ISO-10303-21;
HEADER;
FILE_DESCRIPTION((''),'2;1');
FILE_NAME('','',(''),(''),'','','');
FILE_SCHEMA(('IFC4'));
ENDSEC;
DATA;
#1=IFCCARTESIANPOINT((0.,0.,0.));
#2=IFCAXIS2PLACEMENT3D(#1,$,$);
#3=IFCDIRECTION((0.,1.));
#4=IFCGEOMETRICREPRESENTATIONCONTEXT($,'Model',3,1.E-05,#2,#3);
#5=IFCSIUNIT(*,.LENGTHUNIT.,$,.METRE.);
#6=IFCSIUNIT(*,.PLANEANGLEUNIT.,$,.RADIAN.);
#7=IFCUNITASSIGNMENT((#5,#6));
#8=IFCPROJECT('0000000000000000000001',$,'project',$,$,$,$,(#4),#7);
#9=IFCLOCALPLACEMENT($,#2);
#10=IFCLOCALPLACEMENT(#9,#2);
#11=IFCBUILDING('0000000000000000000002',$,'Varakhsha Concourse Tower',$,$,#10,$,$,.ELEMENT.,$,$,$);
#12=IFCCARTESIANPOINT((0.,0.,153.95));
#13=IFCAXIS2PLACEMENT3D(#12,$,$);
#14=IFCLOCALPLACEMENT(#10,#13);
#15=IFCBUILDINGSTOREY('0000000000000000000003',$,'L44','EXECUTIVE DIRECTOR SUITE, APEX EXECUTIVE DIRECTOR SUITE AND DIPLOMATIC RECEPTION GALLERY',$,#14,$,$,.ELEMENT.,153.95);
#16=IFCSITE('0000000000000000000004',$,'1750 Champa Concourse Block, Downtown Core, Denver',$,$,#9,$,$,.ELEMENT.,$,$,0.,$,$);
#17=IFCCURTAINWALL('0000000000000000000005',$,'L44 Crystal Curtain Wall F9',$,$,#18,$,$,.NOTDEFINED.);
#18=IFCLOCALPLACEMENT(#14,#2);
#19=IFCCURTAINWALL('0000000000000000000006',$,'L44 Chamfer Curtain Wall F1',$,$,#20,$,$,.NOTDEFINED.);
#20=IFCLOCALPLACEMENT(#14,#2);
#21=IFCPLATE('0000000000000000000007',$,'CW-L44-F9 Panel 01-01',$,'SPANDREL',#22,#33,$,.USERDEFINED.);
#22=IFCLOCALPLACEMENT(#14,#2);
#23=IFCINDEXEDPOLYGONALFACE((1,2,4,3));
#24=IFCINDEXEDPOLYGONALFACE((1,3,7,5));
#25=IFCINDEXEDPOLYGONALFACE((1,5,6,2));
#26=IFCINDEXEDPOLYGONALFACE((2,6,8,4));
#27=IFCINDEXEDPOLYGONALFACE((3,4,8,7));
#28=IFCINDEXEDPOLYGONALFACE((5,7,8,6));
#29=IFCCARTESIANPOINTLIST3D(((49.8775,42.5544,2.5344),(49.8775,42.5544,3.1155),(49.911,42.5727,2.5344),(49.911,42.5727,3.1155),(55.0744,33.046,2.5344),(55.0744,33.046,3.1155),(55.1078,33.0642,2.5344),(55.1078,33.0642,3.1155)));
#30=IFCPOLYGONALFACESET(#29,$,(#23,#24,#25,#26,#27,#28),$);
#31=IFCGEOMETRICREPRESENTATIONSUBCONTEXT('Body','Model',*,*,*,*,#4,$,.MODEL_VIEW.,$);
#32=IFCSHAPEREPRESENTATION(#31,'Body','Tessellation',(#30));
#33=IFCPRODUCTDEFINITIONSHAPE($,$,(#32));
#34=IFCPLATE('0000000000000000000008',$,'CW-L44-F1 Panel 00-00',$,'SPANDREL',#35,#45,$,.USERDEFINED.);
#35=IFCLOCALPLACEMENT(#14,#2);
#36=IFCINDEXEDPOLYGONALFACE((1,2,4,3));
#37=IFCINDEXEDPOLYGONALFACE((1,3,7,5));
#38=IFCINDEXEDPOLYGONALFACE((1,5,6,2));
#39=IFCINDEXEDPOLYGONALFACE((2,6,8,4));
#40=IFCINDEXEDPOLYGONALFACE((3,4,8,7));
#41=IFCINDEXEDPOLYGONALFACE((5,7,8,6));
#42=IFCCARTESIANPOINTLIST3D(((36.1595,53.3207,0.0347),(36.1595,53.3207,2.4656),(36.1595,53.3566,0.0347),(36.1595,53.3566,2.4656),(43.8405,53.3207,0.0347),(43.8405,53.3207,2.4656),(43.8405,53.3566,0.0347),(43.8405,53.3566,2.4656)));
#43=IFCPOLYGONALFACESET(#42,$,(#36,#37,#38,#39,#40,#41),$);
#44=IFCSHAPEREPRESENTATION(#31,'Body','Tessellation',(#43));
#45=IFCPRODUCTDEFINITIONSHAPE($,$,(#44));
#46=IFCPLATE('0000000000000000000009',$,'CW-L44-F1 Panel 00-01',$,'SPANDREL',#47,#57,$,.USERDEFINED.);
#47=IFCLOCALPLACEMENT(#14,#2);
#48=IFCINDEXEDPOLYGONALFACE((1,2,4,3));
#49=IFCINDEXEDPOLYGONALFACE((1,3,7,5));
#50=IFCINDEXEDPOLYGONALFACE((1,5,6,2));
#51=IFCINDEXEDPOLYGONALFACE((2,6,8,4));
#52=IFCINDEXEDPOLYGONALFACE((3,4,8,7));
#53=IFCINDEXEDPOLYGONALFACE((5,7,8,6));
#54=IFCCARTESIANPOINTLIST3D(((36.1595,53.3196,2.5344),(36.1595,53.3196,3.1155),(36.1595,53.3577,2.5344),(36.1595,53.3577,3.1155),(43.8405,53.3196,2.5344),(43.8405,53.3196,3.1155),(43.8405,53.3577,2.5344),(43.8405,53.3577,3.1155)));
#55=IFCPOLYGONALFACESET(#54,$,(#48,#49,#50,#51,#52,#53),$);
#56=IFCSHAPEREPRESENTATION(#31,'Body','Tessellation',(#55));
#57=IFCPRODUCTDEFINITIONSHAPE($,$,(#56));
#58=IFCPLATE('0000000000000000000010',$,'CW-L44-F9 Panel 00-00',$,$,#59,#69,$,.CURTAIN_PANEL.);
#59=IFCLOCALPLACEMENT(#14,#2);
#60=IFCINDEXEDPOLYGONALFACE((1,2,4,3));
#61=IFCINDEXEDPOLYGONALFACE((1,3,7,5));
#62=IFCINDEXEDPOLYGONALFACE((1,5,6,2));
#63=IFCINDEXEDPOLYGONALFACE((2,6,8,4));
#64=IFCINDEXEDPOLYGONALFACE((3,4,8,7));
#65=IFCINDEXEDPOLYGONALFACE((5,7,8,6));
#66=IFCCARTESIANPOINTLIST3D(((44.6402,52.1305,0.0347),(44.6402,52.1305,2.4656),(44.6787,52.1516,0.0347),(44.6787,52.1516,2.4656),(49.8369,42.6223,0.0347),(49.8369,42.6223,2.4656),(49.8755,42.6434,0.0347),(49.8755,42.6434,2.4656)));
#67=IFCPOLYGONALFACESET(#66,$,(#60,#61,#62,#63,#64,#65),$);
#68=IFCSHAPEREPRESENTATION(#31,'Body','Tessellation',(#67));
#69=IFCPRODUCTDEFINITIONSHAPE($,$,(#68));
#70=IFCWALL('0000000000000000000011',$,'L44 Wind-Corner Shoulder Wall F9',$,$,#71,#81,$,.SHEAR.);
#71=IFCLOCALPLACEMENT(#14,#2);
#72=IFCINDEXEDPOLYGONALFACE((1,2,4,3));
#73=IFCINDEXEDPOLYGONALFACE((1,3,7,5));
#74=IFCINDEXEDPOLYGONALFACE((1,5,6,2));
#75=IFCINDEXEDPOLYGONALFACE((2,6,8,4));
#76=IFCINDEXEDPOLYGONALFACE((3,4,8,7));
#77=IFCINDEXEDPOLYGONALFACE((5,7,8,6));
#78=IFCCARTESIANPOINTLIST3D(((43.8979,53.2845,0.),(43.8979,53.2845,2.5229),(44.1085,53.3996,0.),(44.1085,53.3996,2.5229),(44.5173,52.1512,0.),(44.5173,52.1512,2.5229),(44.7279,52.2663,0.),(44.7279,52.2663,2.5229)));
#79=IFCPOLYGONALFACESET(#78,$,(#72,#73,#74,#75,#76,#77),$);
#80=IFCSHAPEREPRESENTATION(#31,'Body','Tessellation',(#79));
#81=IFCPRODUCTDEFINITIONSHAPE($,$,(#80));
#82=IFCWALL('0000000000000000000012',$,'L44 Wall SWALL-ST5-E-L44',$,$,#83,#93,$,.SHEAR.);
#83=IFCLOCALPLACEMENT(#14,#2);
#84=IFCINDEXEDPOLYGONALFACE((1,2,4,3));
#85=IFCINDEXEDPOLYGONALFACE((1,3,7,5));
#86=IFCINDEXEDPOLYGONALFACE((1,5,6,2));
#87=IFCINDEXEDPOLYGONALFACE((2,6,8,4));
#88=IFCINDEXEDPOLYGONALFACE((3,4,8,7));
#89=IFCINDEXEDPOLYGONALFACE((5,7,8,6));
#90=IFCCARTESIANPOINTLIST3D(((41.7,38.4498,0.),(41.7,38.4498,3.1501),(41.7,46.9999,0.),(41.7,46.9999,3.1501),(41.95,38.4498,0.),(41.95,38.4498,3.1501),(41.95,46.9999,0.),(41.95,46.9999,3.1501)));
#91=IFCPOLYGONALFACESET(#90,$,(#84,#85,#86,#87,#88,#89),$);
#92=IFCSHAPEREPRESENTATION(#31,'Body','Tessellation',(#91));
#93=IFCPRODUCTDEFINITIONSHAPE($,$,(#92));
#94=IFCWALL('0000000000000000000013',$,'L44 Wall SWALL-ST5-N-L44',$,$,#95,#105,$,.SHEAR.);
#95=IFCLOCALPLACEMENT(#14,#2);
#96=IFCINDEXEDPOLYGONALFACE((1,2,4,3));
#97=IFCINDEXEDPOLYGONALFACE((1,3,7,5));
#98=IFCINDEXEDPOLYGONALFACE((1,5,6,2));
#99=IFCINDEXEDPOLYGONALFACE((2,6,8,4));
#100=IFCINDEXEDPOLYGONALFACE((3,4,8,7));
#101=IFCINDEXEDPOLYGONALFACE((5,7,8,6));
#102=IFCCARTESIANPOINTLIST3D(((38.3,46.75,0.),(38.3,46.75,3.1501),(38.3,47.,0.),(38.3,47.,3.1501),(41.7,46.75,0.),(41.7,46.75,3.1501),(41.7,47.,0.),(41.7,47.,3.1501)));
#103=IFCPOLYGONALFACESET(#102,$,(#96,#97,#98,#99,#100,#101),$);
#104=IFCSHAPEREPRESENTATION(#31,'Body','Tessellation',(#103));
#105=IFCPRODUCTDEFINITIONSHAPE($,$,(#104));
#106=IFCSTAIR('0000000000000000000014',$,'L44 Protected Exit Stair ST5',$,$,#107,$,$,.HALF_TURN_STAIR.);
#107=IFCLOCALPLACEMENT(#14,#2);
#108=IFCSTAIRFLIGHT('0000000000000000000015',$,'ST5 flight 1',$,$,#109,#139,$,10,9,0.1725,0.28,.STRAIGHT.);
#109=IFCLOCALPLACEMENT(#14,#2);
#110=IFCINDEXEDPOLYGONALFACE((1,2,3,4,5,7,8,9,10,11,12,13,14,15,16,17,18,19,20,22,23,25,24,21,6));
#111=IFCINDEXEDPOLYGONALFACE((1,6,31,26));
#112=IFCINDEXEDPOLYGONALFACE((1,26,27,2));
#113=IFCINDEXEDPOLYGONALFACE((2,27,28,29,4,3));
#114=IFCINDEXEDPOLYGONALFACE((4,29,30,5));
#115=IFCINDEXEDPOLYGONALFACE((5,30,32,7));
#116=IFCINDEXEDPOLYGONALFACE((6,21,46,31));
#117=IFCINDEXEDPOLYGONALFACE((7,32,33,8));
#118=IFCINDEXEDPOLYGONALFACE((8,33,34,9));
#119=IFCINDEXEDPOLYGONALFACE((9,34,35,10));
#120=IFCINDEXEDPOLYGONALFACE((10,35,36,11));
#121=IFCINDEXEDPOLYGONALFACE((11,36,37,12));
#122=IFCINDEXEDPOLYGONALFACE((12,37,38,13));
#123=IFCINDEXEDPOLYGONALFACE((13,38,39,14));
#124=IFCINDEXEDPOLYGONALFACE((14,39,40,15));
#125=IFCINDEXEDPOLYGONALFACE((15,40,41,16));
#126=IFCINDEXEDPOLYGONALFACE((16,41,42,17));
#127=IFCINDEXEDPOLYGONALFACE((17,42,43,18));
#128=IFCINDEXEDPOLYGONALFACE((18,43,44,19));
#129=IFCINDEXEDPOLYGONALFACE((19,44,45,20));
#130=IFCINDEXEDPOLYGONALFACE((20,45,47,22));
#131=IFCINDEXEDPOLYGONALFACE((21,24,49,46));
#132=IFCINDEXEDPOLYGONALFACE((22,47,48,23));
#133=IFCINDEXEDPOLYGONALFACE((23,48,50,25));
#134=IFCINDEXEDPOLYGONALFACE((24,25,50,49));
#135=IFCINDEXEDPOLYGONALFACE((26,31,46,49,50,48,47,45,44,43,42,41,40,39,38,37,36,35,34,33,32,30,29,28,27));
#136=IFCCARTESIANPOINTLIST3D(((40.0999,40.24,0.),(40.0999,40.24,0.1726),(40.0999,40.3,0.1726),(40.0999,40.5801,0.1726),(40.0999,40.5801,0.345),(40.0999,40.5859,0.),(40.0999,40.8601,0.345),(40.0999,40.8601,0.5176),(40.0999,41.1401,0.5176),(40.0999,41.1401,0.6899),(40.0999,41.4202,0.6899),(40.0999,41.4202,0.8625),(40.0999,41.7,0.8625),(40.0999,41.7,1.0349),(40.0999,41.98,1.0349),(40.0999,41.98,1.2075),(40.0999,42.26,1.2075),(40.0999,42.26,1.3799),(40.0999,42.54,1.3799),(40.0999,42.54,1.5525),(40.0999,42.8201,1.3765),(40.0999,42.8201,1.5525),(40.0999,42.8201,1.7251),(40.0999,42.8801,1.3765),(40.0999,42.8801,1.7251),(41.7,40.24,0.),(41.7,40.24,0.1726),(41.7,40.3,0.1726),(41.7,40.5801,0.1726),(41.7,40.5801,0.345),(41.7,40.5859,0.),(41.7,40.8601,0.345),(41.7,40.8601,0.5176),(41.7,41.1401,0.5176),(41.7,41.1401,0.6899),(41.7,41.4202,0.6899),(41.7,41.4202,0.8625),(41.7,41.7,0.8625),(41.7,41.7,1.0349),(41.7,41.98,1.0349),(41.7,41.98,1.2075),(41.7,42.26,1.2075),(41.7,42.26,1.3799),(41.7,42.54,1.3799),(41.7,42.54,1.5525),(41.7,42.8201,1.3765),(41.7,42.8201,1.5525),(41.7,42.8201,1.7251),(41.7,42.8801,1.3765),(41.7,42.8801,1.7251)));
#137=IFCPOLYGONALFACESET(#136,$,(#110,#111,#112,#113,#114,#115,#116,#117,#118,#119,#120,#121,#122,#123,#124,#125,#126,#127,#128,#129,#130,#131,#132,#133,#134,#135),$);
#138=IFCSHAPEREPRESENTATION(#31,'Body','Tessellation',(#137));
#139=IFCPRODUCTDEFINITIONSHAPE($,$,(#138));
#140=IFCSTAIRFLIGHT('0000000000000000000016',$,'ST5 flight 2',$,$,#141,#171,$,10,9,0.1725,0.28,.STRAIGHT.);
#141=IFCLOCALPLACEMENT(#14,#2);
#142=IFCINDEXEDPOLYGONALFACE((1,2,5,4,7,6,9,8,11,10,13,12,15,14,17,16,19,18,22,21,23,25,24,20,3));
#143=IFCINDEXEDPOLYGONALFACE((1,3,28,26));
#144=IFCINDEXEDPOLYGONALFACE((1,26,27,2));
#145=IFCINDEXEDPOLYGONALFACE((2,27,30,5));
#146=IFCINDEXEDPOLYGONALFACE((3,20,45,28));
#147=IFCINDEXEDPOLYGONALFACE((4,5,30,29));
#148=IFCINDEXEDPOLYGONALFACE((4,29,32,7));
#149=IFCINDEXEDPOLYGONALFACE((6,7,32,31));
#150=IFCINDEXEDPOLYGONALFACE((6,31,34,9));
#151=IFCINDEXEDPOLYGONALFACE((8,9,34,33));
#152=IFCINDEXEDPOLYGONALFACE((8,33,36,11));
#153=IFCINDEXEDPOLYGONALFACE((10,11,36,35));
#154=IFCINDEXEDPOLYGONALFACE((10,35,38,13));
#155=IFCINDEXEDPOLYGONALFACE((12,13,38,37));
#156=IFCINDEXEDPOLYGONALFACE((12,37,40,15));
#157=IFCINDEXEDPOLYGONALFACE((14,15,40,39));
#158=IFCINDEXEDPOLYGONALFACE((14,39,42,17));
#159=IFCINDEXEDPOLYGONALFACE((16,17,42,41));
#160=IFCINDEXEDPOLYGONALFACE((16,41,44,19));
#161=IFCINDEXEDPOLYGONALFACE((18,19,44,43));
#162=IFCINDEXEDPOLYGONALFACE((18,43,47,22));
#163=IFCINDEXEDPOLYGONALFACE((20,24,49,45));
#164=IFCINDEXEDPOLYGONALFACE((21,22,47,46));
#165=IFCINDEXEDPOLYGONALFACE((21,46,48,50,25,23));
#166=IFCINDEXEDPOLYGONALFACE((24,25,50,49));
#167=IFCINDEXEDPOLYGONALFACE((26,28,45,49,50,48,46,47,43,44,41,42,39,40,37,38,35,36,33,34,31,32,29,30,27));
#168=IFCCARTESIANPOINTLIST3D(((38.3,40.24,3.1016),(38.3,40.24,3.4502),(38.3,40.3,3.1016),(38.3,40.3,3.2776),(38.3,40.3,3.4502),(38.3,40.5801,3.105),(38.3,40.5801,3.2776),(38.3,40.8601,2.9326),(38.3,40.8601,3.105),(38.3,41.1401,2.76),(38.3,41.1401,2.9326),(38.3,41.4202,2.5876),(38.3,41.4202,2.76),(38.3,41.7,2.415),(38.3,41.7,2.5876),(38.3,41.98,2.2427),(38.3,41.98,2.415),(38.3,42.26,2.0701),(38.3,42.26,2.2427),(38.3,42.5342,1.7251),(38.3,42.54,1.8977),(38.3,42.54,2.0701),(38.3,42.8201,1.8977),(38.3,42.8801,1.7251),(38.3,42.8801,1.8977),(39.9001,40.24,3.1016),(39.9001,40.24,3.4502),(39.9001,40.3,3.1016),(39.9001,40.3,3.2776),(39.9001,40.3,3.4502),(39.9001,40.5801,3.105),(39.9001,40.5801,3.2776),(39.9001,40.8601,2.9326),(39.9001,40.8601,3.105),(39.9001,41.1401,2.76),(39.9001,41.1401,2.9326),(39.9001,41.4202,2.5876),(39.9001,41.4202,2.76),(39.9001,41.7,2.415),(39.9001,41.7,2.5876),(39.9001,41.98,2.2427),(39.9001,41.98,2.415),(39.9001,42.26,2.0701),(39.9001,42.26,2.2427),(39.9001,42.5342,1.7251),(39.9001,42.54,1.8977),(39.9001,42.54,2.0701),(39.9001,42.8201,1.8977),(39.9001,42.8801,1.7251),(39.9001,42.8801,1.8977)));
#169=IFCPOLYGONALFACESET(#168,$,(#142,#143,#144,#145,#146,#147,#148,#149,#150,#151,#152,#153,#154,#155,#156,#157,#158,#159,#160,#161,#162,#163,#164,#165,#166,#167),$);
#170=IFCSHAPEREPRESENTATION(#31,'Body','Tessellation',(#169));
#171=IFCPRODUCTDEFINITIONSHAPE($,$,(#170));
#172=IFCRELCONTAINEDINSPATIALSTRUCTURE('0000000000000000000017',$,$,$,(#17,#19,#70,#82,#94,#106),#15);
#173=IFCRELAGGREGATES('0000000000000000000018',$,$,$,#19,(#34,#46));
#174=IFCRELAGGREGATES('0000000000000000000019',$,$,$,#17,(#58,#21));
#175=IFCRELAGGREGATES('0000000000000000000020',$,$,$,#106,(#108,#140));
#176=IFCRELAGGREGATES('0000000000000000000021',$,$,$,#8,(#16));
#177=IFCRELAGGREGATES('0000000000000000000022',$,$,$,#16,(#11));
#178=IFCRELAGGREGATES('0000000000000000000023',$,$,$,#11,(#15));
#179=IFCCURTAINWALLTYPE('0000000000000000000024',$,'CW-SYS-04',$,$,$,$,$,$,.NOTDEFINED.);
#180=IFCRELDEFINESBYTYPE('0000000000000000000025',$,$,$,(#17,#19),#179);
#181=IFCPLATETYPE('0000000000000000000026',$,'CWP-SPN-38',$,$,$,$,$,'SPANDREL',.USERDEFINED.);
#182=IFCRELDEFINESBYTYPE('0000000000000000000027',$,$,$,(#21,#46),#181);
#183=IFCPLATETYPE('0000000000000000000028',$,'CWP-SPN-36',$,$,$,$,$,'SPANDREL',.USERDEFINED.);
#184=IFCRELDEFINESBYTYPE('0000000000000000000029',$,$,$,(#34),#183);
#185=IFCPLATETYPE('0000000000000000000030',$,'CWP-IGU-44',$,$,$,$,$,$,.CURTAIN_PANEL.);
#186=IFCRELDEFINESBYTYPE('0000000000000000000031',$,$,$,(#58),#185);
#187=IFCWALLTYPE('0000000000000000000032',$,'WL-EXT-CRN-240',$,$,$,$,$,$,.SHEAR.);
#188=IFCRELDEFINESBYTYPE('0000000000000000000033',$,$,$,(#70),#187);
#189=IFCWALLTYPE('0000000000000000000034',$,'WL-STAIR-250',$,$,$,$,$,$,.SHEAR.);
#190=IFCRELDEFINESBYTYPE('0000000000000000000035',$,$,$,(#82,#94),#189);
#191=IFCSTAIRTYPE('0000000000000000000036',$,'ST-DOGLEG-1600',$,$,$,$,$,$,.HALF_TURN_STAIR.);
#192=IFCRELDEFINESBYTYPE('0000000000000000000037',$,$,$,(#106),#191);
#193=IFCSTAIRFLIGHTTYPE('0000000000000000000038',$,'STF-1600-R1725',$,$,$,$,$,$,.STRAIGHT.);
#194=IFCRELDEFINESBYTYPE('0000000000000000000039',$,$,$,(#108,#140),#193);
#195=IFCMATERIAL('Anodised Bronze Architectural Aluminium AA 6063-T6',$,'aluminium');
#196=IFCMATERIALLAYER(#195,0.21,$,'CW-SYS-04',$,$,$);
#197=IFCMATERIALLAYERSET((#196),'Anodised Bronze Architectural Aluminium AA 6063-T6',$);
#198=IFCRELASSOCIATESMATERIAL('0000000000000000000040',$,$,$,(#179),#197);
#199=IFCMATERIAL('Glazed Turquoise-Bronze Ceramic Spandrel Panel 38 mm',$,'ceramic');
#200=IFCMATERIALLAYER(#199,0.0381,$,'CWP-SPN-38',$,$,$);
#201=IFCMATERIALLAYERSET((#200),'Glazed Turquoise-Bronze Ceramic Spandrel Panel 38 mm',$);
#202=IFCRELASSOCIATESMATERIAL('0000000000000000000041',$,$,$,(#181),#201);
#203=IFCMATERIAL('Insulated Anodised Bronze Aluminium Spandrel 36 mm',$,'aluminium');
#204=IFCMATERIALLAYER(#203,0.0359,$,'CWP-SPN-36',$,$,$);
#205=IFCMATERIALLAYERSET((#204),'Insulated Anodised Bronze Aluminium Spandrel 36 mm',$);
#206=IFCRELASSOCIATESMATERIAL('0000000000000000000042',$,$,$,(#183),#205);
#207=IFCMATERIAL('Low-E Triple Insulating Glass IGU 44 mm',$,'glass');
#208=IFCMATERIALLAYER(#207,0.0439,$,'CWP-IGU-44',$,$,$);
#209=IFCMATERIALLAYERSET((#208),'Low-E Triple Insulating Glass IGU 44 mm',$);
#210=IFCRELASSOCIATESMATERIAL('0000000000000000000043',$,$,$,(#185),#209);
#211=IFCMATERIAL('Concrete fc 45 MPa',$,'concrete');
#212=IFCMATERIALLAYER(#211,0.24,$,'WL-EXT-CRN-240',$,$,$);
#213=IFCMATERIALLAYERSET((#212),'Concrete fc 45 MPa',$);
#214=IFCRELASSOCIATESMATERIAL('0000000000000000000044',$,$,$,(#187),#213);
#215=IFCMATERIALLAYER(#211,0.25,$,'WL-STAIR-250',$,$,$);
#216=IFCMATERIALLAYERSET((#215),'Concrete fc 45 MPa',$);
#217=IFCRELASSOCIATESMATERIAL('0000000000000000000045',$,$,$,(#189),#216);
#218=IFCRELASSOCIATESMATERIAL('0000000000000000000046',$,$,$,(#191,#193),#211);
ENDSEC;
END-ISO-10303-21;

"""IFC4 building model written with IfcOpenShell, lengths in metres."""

from ifc_helpers import new_model, si_unit, direction, frame, frame_2d, origin, origin_2d, place, context, subcontext, project, spatial, polyline, rectangle, outline, extrude, source, transform, mapped, material, layer, layer_set, type_object, type_shapes, element, aggregate, save


model = new_model("IFC4")

# Units and contexts
model_context = context("Model", 3, precision=1e-05, world=origin(), true_north=direction((0.0, 1.0)))
body_context = subcontext(model_context, "Body", "Model", "MODEL_VIEW")
ifc_project = project(units=[si_unit("LENGTHUNIT", "METRE"), si_unit("PLANEANGLEUNIT", "RADIAN")], contexts=[model_context])

# Site, building, storey
site_placement = place(None, origin())
site = spatial("IfcSite", under=ifc_project, at=site_placement, Name="1750 Champa Concourse Block, Downtown Core, Denver", CompositionType="ELEMENT", RefElevation=0.0)
building_placement = place(site_placement, origin())
building = spatial("IfcBuilding", under=site, at=building_placement, Name="Varakhsha Concourse Tower", CompositionType="ELEMENT")
storey_placement = place(building_placement, frame((0.0, 0.0, 153.95)))
storey = spatial("IfcBuildingStorey", under=building, at=storey_placement, Name="L44", Description="EXECUTIVE DIRECTOR SUITE, APEX EXECUTIVE DIRECTOR SUITE AND DIPLOMATIC RECEPTION GALLERY", CompositionType="ELEMENT", Elevation=153.95)

# Curtain walls
ifc_material_1 = material(Name="Anodised Bronze Architectural Aluminium AA 6063-T6", Category="aluminium")
ifc_layer_1 = layer(ifc_material_1, 0.21, Name="CW-SYS-04")
ifc_layer_set_1 = layer_set([ifc_layer_1], Name="Anodised Bronze Architectural Aluminium AA 6063-T6")
curtain_wall_type = type_object("IfcCurtainWallType", Name="CW-SYS-04", PredefinedType="NOTDEFINED", material=ifc_layer_set_1)
curtain_wall_1_placement = place(storey_placement, origin())
curtain_wall_1 = element("IfcCurtainWall", 1, at=curtain_wall_1_placement, inside=storey, type_object=curtain_wall_type, Name="L44 Crystal Curtain Wall F9", PredefinedType="NOTDEFINED")
curtain_wall_2_placement = place(storey_placement, origin())
curtain_wall_2 = element("IfcCurtainWall", 2, at=curtain_wall_2_placement, inside=storey, type_object=curtain_wall_type, Name="L44 Chamfer Curtain Wall F1", PredefinedType="NOTDEFINED")

# Plates
ifc_material_2 = material(Name="Glazed Turquoise-Bronze Ceramic Spandrel Panel 38 mm", Category="ceramic")
ifc_layer_2 = layer(ifc_material_2, 0.0381, Name="CWP-SPN-38")
ifc_layer_set_2 = layer_set([ifc_layer_2], Name="Glazed Turquoise-Bronze Ceramic Spandrel Panel 38 mm")
plate_type_1 = type_object("IfcPlateType", Name="CWP-SPN-38", ElementType="SPANDREL", PredefinedType="USERDEFINED", material=ifc_layer_set_2)
shared_shape_1 = source(origin(), body_context, "Body", "SweptSolid", [
    extrude(rectangle(XDim=10.8359, YDim=0.0381, at=origin_2d()), origin(), (0.0, 0.0, 1.0), 0.5811),
])
plate_1_placement = place(storey_placement, frame((52.4927, 37.8093, 2.5344), z_axis=(0.0, 0.0, 1.0), x_axis=(0.479596, -0.87749, 0.0)))
plate_1 = element("IfcPlate", 3, at=plate_1_placement, type_object=plate_type_1, Name="CW-L44-F9 Panel 01-01", ObjectType="SPANDREL", PredefinedType="USERDEFINED", context=body_context, shape_type="MappedRepresentation", body=[
    mapped(shared_shape_1, transform((0.0, 0.0, 0.0), scale=1.0)),
])
ifc_material_3 = material(Name="Insulated Anodised Bronze Aluminium Spandrel 36 mm", Category="aluminium")
ifc_layer_3 = layer(ifc_material_3, 0.0359, Name="CWP-SPN-36")
ifc_layer_set_3 = layer_set([ifc_layer_3], Name="Insulated Anodised Bronze Aluminium Spandrel 36 mm")
plate_type_2 = type_object("IfcPlateType", Name="CWP-SPN-36", ElementType="SPANDREL", PredefinedType="USERDEFINED", material=ifc_layer_set_3)
shared_shape_2 = source(origin(), body_context, "Body", "SweptSolid", [
    extrude(rectangle(XDim=7.6809, YDim=0.0359, at=origin_2d()), origin(), (0.0, 0.0, 1.0), 2.4309),
])
type_shapes(plate_type_2, [shared_shape_2])
plate_2_placement = place(storey_placement, frame((40.0, 53.3386, 0.0347), z_axis=(0.0, 0.0, 1.0), x_axis=(1.0, 0.0, 0.0)))
plate_2 = element("IfcPlate", 4, at=plate_2_placement, type_object=plate_type_2, Name="CW-L44-F1 Panel 00-00", ObjectType="SPANDREL", PredefinedType="USERDEFINED", context=body_context, shape_type="MappedRepresentation", body=[
    mapped(shared_shape_2, transform((0.0, 0.0, 0.0), scale=1.0)),
])
shared_shape_3 = source(origin(), body_context, "Body", "SweptSolid", [
    extrude(rectangle(XDim=7.6809, YDim=0.0381, at=origin_2d()), origin(), (0.0, 0.0, 1.0), 0.5811),
])
plate_3_placement = place(storey_placement, frame((40.0, 53.3386, 2.5344), z_axis=(0.0, 0.0, 1.0), x_axis=(1.0, 0.0, 0.0)))
plate_3 = element("IfcPlate", 5, at=plate_3_placement, type_object=plate_type_1, Name="CW-L44-F1 Panel 00-01", ObjectType="SPANDREL", PredefinedType="USERDEFINED", context=body_context, shape_type="MappedRepresentation", body=[
    mapped(shared_shape_3, transform((0.0, 0.0, 0.0), scale=1.0)),
])
aggregate(curtain_wall_2, [plate_2, plate_3])
ifc_material_4 = material(Name="Low-E Triple Insulating Glass IGU 44 mm", Category="glass")
ifc_layer_4 = layer(ifc_material_4, 0.0439, Name="CWP-IGU-44")
ifc_layer_set_4 = layer_set([ifc_layer_4], Name="Low-E Triple Insulating Glass IGU 44 mm")
plate_type_3 = type_object("IfcPlateType", Name="CWP-IGU-44", PredefinedType="CURTAIN_PANEL", material=ifc_layer_set_4)
shared_shape_4 = source(origin(), body_context, "Body", "SweptSolid", [
    extrude(rectangle(XDim=10.8357, YDim=0.0439, at=origin_2d()), origin(), (0.0, 0.0, 1.0), 2.4309),
])
type_shapes(plate_type_3, [shared_shape_4])
plate_4_placement = place(storey_placement, frame((47.2578, 47.387, 0.0347), z_axis=(0.0, 0.0, 1.0), x_axis=(0.479596, -0.87749, 0.0)))
plate_4 = element("IfcPlate", 6, at=plate_4_placement, type_object=plate_type_3, Name="CW-L44-F9 Panel 00-00", PredefinedType="CURTAIN_PANEL", context=body_context, shape_type="MappedRepresentation", body=[
    mapped(shared_shape_4, transform((0.0, 0.0, 0.0), scale=1.0)),
])
aggregate(curtain_wall_1, [plate_4, plate_1])

# Walls
ifc_material_5 = material(Name="Concrete fc 45 MPa", Category="concrete")
ifc_layer_5 = layer(ifc_material_5, 0.24, Name="WL-EXT-CRN-240")
ifc_layer_set_5 = layer_set([ifc_layer_5], Name="Concrete fc 45 MPa")
wall_type_1 = type_object("IfcWallType", Name="WL-EXT-CRN-240", PredefinedType="SHEAR", material=ifc_layer_set_5)
wall_1_placement = place(storey_placement, frame((44.6226, 52.2087, 0.0), z_axis=(0.0, 0.0, 1.0), x_axis=(-0.47958, 0.877498, 0.0)))
element("IfcWall", 7, at=wall_1_placement, inside=storey, type_object=wall_type_1, Name="L44 Wind-Corner Shoulder Wall F9", PredefinedType="SHEAR", context=body_context, shape_type="SweptSolid", body=[
    extrude(rectangle(XDim=1.2915, YDim=0.24, at=frame_2d((0.6458, 0.0))), origin(), (0.0, 0.0, 1.0), 2.5229),
])
ifc_layer_6 = layer(ifc_material_5, 0.25, Name="WL-STAIR-250")
ifc_layer_set_6 = layer_set([ifc_layer_6], Name="Concrete fc 45 MPa")
wall_type_2 = type_object("IfcWallType", Name="WL-STAIR-250", PredefinedType="SHEAR", material=ifc_layer_set_6)
wall_2_placement = place(storey_placement, frame((41.825, 38.45, 0.0), z_axis=(0.0, 0.0, 1.0), x_axis=(0.0, 1.0, 0.0)))
element("IfcWall", 8, at=wall_2_placement, inside=storey, type_object=wall_type_2, Name="L44 Wall SWALL-ST5-E-L44", PredefinedType="SHEAR", context=body_context, shape_type="SweptSolid", body=[
    extrude(rectangle(XDim=8.55, YDim=0.25, at=frame_2d((4.2749, 0.0))), origin(), (0.0, 0.0, 1.0), 3.1501),
])
wall_3_placement = place(storey_placement, frame((38.3, 46.875, 0.0), z_axis=(0.0, 0.0, 1.0), x_axis=(1.0, 0.0, 0.0)))
element("IfcWall", 9, at=wall_3_placement, inside=storey, type_object=wall_type_2, Name="L44 Wall SWALL-ST5-N-L44", PredefinedType="SHEAR", context=body_context, shape_type="SweptSolid", body=[
    extrude(rectangle(XDim=3.3999, YDim=0.25, at=frame_2d((1.7, 0.0))), origin(), (0.0, 0.0, 1.0), 3.1501),
])

# Stair, stair flights
stair_type = type_object("IfcStairType", Name="ST-DOGLEG-1600", PredefinedType="HALF_TURN_STAIR", material=ifc_material_5)
stair_placement = place(storey_placement, origin())
stair = element("IfcStair", 10, at=stair_placement, inside=storey, type_object=stair_type, Name="L44 Protected Exit Stair ST5", PredefinedType="HALF_TURN_STAIR")
stair_flight_type = type_object("IfcStairFlightType", Name="STF-1600-R1725", PredefinedType="STRAIGHT", material=ifc_material_5)
stair_flight_1_placement = place(storey_placement, frame((40.8999, 40.3, 0.0), z_axis=(0.0, 0.0, 1.0), x_axis=(0.0, 1.0, 0.0)))
stair_flight_1 = element("IfcStairFlight", 11, at=stair_flight_1_placement, type_object=stair_flight_type, Name="ST5 flight 1", NumberOfRisers=10, NumberOfTreads=9, PredefinedType="STRAIGHT", RiserHeight=0.1725, TreadLength=0.28, context=body_context, shape_type="SweptSolid", body=[
    extrude(outline(polyline([(-0.0601, 0.0), (-0.0601, 0.1726), (0.0, 0.1726), (0.28, 0.1726), (0.28, 0.345), (0.5601, 0.345), (0.5601, 0.5176), (0.8401, 0.5176), (0.8401, 0.6899), (1.1201, 0.6899), (1.1201, 0.8625), (1.3999, 0.8625), (1.3999, 1.0349), (1.6799, 1.0349), (1.6799, 1.2075), (1.96, 1.2075), (1.96, 1.3799), (2.24, 1.3799), (2.24, 1.5525), (2.52, 1.5525), (2.52, 1.7251), (2.5801, 1.7251), (2.5801, 1.3765), (2.52, 1.3765), (0.2859, 0.0), (-0.0601, 0.0)])), frame((0.0, 0.8, 0.0), z_axis=(0.0, -1.0, 0.0), x_axis=(1.0, 0.0, 0.0)), (0.0, 0.0, 1.0), 1.6001),
])
stair_flight_2_placement = place(storey_placement, frame((39.1001, 42.8201, 1.7251), z_axis=(0.0, 0.0, 1.0), x_axis=(0.0, -1.0, 0.0)))
stair_flight_2 = element("IfcStairFlight", 12, at=stair_flight_2_placement, type_object=stair_flight_type, Name="ST5 flight 2", NumberOfRisers=10, NumberOfTreads=9, PredefinedType="STRAIGHT", RiserHeight=0.1725, TreadLength=0.28, context=body_context, shape_type="SweptSolid", body=[
    extrude(outline(polyline([(-0.0601, 0.0), (-0.0601, 0.1726), (0.0, 0.1726), (0.28, 0.1726), (0.28, 0.345), (0.5601, 0.345), (0.5601, 0.5176), (0.8401, 0.5176), (0.8401, 0.6899), (1.1201, 0.6899), (1.1201, 0.8625), (1.3999, 0.8625), (1.3999, 1.0349), (1.6799, 1.0349), (1.6799, 1.2075), (1.96, 1.2075), (1.96, 1.3799), (2.24, 1.3799), (2.24, 1.5525), (2.52, 1.5525), (2.52, 1.7251), (2.5801, 1.7251), (2.5801, 1.3765), (2.52, 1.3765), (0.2859, 0.0), (-0.0601, 0.0)])), frame((0.0, 0.8, 0.0), z_axis=(0.0, -1.0, 0.0), x_axis=(1.0, 0.0, 0.0)), (0.0, 0.0, 1.0), 1.6001),
])
aggregate(stair, [stair_flight_1, stair_flight_2])

save(model, "model.ifc")
